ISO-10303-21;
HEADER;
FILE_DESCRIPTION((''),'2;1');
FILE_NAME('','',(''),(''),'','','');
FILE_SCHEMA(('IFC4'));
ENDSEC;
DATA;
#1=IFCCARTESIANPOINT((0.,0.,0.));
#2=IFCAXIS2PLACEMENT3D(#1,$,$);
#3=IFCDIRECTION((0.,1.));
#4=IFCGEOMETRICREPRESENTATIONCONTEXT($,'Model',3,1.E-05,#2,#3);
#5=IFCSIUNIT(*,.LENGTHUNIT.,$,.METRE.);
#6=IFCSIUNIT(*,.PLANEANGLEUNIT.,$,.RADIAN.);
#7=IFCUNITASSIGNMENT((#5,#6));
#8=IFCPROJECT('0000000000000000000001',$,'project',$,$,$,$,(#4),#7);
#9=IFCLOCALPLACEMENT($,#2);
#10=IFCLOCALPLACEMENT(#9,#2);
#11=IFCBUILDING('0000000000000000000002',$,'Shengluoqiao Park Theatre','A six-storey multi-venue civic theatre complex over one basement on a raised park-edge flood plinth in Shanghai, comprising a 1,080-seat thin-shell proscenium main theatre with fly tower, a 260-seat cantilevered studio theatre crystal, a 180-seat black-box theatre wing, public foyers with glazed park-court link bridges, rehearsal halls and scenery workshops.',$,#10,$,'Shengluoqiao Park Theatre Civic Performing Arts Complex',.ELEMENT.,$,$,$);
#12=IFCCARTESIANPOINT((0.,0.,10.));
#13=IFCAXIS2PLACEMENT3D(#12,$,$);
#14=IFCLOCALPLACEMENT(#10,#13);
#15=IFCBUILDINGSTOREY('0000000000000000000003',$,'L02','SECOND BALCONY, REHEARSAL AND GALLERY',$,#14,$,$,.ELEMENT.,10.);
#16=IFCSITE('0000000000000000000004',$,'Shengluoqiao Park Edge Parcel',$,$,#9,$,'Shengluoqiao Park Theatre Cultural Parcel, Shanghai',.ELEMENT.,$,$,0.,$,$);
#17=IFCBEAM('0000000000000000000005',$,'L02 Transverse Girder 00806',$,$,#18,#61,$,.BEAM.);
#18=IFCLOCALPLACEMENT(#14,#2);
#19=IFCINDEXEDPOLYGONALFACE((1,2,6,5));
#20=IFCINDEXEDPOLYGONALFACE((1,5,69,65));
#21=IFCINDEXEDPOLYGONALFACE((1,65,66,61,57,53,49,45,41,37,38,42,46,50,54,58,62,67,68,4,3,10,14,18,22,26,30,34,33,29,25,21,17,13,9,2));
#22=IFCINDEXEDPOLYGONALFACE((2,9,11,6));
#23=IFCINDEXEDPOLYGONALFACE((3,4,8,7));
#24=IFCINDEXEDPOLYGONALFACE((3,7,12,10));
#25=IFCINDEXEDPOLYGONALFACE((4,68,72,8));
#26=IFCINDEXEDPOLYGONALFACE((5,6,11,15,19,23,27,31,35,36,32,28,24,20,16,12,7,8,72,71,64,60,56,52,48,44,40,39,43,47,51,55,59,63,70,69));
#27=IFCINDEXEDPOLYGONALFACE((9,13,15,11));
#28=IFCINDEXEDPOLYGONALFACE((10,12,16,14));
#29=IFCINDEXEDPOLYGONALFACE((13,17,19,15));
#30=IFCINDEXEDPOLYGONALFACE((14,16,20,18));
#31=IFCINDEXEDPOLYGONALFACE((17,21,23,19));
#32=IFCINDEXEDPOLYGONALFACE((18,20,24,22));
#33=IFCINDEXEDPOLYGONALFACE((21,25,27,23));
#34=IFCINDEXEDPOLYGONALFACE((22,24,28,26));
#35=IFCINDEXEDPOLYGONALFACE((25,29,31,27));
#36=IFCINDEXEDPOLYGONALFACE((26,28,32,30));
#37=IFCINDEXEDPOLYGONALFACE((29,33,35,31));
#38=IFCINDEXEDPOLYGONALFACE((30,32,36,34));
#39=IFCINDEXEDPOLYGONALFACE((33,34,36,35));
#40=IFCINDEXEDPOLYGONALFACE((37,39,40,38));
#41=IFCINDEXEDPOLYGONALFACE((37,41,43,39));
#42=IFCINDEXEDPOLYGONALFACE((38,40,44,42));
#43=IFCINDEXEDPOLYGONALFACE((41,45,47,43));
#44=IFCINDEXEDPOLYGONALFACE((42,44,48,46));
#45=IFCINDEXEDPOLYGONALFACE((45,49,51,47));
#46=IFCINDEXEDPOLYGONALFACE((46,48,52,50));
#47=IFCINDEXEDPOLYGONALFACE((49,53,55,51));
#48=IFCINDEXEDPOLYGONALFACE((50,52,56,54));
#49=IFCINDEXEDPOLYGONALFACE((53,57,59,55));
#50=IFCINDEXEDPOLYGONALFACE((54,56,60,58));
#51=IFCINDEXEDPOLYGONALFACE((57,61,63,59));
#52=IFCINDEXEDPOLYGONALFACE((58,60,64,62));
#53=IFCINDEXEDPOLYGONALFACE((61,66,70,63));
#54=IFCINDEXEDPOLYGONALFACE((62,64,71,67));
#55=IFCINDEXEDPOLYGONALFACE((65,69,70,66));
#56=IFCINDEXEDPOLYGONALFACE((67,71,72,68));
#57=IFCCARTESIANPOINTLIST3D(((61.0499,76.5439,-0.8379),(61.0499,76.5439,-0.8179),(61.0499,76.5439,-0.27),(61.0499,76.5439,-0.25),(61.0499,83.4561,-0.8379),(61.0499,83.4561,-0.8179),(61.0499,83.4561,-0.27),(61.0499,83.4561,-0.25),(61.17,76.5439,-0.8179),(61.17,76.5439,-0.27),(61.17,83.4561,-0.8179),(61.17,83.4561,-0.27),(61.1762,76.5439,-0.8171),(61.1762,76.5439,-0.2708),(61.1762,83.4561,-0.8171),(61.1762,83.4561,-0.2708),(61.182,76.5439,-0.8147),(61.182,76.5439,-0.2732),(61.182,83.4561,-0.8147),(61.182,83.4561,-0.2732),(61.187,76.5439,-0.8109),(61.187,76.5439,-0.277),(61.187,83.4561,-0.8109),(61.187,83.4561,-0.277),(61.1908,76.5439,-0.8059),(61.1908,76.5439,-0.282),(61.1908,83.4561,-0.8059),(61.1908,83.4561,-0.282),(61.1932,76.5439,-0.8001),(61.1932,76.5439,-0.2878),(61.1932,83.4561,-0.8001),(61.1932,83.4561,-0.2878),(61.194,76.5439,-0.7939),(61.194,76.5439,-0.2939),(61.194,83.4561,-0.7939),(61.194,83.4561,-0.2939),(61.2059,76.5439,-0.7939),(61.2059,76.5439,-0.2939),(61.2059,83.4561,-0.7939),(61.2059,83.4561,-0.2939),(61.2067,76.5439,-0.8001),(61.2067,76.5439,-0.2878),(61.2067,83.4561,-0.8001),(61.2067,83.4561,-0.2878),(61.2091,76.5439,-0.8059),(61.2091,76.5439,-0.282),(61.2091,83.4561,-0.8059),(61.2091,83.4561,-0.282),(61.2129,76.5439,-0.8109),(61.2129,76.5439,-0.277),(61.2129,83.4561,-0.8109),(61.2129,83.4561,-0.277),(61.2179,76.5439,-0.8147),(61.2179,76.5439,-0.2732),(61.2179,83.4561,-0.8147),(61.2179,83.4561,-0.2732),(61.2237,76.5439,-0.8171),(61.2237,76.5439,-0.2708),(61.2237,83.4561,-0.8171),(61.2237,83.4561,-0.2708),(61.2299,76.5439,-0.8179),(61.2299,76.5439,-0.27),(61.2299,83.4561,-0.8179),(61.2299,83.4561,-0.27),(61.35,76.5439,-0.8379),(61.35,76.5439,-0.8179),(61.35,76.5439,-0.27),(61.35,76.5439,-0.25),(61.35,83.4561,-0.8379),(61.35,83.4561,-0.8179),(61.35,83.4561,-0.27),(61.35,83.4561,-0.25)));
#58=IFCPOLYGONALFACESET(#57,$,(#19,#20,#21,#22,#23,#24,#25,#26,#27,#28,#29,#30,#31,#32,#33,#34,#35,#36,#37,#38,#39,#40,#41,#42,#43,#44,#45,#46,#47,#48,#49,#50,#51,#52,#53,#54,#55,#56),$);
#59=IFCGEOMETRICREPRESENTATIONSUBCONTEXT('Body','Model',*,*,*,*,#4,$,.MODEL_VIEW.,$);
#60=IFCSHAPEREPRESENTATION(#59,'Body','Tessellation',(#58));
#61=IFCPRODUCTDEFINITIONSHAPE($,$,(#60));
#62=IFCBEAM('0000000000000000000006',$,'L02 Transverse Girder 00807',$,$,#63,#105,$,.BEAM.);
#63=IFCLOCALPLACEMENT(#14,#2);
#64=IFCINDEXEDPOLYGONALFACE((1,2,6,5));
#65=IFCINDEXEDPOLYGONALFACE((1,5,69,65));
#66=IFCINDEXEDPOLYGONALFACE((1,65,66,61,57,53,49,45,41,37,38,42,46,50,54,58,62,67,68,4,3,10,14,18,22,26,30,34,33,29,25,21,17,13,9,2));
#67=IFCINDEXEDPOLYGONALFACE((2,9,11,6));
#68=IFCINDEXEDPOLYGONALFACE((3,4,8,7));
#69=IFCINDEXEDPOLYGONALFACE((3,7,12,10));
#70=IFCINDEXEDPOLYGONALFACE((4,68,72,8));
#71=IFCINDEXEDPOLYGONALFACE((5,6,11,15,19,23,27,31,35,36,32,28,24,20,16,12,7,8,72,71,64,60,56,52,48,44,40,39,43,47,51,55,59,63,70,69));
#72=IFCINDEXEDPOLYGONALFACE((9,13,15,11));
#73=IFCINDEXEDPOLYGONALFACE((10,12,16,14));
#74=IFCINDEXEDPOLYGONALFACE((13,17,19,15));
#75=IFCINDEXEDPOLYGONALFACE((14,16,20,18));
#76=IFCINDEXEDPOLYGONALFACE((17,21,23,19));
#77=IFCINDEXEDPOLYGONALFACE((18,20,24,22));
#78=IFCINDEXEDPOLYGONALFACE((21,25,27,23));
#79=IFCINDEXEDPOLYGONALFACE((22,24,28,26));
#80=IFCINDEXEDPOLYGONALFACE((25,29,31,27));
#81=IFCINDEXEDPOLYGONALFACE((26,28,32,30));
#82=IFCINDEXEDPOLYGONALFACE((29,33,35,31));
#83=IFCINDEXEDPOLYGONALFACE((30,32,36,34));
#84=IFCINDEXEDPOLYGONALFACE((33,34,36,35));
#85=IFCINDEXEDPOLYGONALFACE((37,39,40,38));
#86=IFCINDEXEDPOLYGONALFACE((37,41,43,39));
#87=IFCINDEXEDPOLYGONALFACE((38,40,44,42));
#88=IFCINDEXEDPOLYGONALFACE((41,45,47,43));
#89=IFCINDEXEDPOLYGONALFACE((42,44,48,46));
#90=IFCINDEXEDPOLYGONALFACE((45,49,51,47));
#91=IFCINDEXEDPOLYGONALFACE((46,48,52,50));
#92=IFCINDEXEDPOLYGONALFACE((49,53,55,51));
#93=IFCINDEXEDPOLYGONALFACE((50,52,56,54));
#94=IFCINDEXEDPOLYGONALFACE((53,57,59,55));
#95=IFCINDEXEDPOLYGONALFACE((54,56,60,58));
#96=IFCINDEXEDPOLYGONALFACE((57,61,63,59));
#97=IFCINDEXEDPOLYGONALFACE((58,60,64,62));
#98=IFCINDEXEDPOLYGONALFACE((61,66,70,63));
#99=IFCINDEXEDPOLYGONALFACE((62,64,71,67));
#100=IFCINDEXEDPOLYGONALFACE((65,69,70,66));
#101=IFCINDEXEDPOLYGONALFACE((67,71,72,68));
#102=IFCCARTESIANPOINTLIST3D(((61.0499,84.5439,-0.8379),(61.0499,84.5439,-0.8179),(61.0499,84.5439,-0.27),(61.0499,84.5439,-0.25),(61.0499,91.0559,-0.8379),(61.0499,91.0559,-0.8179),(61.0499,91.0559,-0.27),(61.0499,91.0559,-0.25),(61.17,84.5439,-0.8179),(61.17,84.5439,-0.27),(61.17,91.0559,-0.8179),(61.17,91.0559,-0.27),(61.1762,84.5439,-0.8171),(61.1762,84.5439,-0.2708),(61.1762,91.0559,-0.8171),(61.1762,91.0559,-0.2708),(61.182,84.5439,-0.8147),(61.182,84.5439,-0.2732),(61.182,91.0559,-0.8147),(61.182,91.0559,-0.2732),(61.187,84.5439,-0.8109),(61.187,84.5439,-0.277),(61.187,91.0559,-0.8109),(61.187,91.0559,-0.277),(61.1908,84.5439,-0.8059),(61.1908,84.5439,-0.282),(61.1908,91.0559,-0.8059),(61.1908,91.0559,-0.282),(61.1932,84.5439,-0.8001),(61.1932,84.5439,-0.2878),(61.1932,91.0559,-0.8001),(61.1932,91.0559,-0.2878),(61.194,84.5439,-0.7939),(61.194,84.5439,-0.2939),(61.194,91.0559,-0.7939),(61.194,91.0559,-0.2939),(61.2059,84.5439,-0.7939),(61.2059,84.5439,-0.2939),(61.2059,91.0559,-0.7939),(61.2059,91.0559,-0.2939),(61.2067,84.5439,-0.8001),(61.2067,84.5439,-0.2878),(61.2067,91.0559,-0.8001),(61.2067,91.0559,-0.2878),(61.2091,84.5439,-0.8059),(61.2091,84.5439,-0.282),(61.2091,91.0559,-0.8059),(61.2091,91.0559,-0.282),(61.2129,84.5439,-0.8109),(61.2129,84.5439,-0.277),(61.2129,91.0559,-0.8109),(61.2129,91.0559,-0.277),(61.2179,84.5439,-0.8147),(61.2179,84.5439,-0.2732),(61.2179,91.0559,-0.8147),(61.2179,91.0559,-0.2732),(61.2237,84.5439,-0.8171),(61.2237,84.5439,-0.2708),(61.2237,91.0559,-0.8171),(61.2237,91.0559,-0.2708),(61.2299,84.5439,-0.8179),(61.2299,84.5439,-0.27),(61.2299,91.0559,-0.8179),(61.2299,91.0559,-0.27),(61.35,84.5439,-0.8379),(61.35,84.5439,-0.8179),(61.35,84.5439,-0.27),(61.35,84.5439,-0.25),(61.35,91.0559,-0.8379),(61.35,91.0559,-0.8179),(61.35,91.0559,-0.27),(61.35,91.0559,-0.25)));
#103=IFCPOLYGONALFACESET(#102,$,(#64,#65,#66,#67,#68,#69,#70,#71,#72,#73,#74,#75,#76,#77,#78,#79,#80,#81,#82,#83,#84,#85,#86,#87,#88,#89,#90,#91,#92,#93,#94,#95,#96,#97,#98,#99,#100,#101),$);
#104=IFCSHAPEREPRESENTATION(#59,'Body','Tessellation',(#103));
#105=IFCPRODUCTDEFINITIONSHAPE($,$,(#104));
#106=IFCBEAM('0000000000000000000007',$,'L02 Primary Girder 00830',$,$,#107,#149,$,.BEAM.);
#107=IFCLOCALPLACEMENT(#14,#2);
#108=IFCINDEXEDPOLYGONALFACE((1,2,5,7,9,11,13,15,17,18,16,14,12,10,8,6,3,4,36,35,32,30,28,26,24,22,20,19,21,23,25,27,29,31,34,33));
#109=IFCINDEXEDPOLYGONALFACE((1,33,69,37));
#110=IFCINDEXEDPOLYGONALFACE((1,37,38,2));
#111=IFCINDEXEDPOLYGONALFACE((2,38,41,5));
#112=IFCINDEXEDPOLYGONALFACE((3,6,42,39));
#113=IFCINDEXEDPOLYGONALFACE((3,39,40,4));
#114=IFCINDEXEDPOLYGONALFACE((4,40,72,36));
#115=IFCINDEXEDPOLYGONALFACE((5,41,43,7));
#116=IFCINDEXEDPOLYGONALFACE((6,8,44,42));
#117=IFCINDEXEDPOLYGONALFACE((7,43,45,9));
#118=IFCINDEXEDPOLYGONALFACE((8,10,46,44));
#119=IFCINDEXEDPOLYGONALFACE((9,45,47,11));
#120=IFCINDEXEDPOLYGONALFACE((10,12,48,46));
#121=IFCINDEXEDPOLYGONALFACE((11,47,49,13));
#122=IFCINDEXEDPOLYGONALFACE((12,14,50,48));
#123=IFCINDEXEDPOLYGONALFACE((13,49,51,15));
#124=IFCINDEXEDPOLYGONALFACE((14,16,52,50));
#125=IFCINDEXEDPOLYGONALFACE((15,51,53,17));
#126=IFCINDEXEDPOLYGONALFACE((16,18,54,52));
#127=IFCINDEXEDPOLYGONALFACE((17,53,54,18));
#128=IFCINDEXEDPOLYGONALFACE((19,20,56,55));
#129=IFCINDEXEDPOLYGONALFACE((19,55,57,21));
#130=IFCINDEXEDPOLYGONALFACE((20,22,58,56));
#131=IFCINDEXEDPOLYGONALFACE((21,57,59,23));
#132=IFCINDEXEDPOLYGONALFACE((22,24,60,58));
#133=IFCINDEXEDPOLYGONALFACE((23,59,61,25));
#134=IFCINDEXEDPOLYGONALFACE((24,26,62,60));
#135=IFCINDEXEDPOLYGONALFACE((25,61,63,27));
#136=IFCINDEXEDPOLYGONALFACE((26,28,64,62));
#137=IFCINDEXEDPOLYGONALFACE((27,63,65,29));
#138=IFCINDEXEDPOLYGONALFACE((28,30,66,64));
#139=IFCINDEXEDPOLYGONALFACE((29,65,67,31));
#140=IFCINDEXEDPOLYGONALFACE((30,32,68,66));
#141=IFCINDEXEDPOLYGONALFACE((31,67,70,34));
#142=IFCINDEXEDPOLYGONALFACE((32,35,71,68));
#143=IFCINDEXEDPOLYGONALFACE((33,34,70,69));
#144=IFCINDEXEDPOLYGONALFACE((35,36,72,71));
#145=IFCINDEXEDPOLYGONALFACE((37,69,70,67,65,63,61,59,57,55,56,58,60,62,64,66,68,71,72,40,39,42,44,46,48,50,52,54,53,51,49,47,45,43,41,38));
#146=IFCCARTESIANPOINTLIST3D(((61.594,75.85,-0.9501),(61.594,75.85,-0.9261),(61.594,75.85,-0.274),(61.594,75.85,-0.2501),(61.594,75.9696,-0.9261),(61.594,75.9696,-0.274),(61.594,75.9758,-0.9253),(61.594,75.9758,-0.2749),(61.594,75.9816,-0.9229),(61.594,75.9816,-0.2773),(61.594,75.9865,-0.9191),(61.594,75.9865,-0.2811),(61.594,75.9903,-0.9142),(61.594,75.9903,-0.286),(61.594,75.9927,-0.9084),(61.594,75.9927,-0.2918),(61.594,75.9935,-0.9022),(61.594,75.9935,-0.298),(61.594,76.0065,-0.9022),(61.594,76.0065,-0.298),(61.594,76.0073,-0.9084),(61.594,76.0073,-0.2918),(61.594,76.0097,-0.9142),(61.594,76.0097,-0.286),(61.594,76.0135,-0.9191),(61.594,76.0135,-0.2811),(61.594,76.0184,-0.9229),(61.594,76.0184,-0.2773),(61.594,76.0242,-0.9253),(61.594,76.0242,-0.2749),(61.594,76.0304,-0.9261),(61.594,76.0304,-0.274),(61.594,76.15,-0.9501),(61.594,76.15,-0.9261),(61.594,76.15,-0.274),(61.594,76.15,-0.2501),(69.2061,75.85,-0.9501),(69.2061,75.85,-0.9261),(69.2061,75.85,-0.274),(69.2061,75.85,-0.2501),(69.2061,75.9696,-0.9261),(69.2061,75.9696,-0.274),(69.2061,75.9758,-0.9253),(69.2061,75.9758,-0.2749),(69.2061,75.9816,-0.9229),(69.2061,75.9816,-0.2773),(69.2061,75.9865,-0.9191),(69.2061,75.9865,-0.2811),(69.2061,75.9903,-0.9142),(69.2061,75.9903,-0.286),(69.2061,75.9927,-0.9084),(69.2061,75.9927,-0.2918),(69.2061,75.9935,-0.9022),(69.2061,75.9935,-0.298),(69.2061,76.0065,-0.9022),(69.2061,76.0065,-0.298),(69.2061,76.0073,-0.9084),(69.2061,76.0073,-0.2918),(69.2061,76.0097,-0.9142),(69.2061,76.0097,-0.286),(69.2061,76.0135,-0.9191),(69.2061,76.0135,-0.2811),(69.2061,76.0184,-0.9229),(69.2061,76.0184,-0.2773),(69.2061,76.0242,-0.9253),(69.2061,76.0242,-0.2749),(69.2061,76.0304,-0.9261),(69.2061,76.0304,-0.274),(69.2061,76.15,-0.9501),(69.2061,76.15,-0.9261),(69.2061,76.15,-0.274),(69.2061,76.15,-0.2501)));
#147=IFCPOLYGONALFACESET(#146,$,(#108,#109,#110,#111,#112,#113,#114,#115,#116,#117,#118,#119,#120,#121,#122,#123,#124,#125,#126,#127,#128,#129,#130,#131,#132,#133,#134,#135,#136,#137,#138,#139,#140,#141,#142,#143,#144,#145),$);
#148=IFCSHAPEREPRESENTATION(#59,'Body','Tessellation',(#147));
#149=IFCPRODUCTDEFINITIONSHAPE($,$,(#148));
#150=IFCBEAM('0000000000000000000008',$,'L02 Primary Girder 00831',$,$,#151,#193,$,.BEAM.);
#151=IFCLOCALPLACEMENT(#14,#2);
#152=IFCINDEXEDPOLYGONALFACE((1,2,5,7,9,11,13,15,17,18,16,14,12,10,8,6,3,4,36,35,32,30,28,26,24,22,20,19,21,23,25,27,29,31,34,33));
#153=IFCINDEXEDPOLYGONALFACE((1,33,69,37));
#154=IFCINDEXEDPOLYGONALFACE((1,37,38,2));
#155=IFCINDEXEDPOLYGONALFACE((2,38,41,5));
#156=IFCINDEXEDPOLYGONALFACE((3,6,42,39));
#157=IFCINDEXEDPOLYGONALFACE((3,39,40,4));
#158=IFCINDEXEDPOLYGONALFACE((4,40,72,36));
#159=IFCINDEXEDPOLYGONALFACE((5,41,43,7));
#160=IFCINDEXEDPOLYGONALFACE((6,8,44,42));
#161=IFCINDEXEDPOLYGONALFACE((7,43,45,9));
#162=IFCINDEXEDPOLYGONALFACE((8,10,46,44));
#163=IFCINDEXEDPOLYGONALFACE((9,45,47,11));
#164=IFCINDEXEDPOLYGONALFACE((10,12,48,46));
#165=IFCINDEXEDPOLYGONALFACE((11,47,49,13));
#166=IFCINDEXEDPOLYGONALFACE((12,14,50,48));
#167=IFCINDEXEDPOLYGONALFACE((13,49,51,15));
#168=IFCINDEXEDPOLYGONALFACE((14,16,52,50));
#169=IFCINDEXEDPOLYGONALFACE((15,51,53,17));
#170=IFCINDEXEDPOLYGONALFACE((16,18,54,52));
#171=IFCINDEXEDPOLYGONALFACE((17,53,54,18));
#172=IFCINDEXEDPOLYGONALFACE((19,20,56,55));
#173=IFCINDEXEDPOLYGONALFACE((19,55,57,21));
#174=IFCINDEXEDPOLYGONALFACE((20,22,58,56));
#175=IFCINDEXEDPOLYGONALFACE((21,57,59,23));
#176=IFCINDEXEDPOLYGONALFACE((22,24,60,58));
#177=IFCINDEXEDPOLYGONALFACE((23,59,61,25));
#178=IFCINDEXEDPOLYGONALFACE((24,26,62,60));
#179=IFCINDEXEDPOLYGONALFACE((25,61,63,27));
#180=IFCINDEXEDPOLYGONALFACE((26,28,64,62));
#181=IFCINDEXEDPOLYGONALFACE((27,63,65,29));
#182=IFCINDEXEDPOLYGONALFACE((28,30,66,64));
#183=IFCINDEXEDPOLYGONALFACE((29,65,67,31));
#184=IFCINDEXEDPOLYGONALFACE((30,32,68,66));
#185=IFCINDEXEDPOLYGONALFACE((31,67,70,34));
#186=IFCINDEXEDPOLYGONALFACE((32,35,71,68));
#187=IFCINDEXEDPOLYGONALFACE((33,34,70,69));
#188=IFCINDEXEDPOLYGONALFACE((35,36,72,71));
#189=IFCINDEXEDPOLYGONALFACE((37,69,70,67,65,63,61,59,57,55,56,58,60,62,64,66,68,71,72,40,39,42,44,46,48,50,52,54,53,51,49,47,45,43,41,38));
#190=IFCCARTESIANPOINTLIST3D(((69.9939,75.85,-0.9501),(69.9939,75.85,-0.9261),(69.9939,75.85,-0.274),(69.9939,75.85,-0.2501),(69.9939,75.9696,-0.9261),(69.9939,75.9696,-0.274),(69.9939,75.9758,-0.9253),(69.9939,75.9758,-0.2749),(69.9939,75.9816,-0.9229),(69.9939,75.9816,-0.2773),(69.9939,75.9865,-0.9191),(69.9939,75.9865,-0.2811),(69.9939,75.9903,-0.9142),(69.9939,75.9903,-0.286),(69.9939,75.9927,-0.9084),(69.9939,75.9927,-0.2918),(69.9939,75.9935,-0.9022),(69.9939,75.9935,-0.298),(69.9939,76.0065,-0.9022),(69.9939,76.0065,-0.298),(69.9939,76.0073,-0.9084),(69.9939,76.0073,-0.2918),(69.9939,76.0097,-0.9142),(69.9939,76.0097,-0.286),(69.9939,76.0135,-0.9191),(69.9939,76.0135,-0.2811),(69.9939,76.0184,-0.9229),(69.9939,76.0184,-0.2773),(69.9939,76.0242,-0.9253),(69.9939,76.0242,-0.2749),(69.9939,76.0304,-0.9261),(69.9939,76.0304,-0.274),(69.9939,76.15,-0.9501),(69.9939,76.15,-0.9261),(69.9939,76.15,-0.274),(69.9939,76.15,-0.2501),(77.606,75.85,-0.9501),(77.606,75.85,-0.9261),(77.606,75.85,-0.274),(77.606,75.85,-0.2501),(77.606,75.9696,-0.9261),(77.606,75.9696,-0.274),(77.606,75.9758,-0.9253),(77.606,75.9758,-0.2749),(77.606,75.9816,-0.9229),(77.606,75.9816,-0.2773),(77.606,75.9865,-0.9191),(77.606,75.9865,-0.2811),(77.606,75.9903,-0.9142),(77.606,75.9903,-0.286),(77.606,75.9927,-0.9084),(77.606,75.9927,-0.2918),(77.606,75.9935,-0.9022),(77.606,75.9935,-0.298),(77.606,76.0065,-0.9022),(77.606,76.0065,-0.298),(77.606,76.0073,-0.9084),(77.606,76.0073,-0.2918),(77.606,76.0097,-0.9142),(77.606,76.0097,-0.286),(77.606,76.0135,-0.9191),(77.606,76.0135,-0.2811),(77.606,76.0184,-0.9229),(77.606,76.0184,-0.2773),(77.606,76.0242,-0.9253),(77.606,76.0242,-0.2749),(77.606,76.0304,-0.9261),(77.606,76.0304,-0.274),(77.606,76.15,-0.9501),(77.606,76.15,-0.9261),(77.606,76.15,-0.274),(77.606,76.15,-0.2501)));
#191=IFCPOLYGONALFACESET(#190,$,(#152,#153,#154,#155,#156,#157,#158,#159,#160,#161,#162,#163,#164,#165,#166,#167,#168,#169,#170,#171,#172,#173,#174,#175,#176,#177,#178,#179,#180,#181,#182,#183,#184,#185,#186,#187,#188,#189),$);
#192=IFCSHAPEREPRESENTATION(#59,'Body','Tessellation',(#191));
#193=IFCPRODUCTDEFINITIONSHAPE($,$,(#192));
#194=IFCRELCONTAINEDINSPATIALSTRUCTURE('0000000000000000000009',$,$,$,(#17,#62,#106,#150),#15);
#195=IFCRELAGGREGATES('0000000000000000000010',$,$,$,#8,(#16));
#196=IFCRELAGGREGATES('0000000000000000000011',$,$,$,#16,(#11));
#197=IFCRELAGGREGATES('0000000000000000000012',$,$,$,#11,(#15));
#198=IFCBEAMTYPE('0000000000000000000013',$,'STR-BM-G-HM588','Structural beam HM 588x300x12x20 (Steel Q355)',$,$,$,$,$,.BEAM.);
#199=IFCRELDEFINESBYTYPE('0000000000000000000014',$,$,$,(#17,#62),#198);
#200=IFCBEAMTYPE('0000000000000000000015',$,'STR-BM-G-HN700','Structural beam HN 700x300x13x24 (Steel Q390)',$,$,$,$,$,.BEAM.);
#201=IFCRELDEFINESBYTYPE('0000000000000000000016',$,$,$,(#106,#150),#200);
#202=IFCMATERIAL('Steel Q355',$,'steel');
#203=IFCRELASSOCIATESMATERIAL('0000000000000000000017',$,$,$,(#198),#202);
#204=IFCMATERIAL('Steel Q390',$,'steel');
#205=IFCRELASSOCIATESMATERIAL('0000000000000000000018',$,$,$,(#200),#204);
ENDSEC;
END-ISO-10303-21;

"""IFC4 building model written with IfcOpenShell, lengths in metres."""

from ifc_helpers import new_model, si_unit, direction, frame, origin, origin_2d, place, context, subcontext, project, spatial, i_section, extrude, material, material_profile, profile_set, type_object, element, save


model = new_model("IFC4")

# Units and contexts
model_context = context("Model", 3, precision=1e-05, world=origin(), true_north=direction((0.0, 1.0)))
body_context = subcontext(model_context, "Body", "Model", "MODEL_VIEW")
ifc_project = project(units=[si_unit("LENGTHUNIT", "METRE"), si_unit("PLANEANGLEUNIT", "RADIAN")], contexts=[model_context])

# Site, building, storey
site_placement = place(None, origin())
site = spatial("IfcSite", under=ifc_project, at=site_placement, Name="Shengluoqiao Park Edge Parcel", LongName="Shengluoqiao Park Theatre Cultural Parcel, Shanghai", CompositionType="ELEMENT", RefElevation=0.0)
building_placement = place(site_placement, origin())
building = spatial("IfcBuilding", under=site, at=building_placement, Name="Shengluoqiao Park Theatre", Description="A six-storey multi-venue civic theatre complex over one basement on a raised park-edge flood plinth in Shanghai, comprising a 1,080-seat thin-shell proscenium main theatre with fly tower, a 260-seat cantilevered studio theatre crystal, a 180-seat black-box theatre wing, public foyers with glazed park-court link bridges, rehearsal halls and scenery workshops.", LongName="Shengluoqiao Park Theatre Civic Performing Arts Complex", CompositionType="ELEMENT")
storey_placement = place(building_placement, frame((0.0, 0.0, 10.0)))
storey = spatial("IfcBuildingStorey", under=building, at=storey_placement, Name="L02", Description="SECOND BALCONY, REHEARSAL AND GALLERY", CompositionType="ELEMENT", Elevation=10.0)

# Beams
ifc_material_1 = material(Name="Steel Q355", Category="steel")
ifc_material_profile_1 = material_profile(ifc_material_1, i_section(OverallWidth=0.3, OverallDepth=0.5879, WebThickness=0.012, FlangeThickness=0.02, FilletRadius=0.0239, at=origin_2d()), Name="HM 588x300x12x20")
ifc_profile_set_1 = profile_set([ifc_material_profile_1], Name="Steel Q355")
beam_type_1 = type_object("IfcBeamType", Name="STR-BM-G-HM588", Description="Structural beam HM 588x300x12x20 (Steel Q355)", PredefinedType="BEAM", material=ifc_profile_set_1)
beam_1_placement = place(storey_placement, frame((61.2, 76.5439, -0.5439), z_axis=(0.0, 1.0, 0.0), x_axis=(-1.0, 0.0, 0.0)))
element("IfcBeam", 1, at=beam_1_placement, inside=storey, type_object=beam_type_1, Name="L02 Transverse Girder 00806", PredefinedType="BEAM", context=body_context, shape_type="SweptSolid", body=[
    extrude(i_section(OverallWidth=0.3, OverallDepth=0.5879, WebThickness=0.012, FlangeThickness=0.02, FilletRadius=0.0239, at=origin_2d()), origin(), (0.0, 0.0, 1.0), 6.9121),
])
beam_2_placement = place(storey_placement, frame((61.2, 84.5439, -0.5439), z_axis=(0.0, 1.0, 0.0), x_axis=(-1.0, 0.0, 0.0)))
element("IfcBeam", 2, at=beam_2_placement, inside=storey, type_object=beam_type_1, Name="L02 Transverse Girder 00807", PredefinedType="BEAM", context=body_context, shape_type="SweptSolid", body=[
    extrude(i_section(OverallWidth=0.3, OverallDepth=0.5879, WebThickness=0.012, FlangeThickness=0.02, FilletRadius=0.0239, at=origin_2d()), origin(), (0.0, 0.0, 1.0), 6.512),
])
ifc_material_2 = material(Name="Steel Q390", Category="steel")
ifc_material_profile_2 = material_profile(ifc_material_2, i_section(OverallWidth=0.3, OverallDepth=0.7, WebThickness=0.0129, FlangeThickness=0.0239, FilletRadius=0.0239, at=origin_2d()), Name="HN 700x300x13x24")
ifc_profile_set_2 = profile_set([ifc_material_profile_2], Name="Steel Q390")
beam_type_2 = type_object("IfcBeamType", Name="STR-BM-G-HN700", Description="Structural beam HN 700x300x13x24 (Steel Q390)", PredefinedType="BEAM", material=ifc_profile_set_2)
for number, where, z_axis, x_axis, name in (
    (3, (61.594, 76.0, -0.6001), (1.0, 0.0, 0.0), (0.0, 1.0, 0.0), "L02 Primary Girder 00830"),
    (4, (69.9939, 76.0, -0.6001), (1.0, 0.0, 0.0), (0.0, 1.0, 0.0), "L02 Primary Girder 00831"),
):
    element("IfcBeam", number, at=place(storey_placement, frame(where, z_axis=z_axis, x_axis=x_axis)), inside=storey, type_object=beam_type_2, Name=name, PredefinedType="BEAM", context=body_context, shape_type="SweptSolid", body=[
        extrude(i_section(OverallWidth=0.3, OverallDepth=0.7, WebThickness=0.0129, FlangeThickness=0.0239, FilletRadius=0.0239, at=origin_2d()), origin(), (0.0, 0.0, 1.0), 7.6121),
    ])

save(model, "model.ifc")
